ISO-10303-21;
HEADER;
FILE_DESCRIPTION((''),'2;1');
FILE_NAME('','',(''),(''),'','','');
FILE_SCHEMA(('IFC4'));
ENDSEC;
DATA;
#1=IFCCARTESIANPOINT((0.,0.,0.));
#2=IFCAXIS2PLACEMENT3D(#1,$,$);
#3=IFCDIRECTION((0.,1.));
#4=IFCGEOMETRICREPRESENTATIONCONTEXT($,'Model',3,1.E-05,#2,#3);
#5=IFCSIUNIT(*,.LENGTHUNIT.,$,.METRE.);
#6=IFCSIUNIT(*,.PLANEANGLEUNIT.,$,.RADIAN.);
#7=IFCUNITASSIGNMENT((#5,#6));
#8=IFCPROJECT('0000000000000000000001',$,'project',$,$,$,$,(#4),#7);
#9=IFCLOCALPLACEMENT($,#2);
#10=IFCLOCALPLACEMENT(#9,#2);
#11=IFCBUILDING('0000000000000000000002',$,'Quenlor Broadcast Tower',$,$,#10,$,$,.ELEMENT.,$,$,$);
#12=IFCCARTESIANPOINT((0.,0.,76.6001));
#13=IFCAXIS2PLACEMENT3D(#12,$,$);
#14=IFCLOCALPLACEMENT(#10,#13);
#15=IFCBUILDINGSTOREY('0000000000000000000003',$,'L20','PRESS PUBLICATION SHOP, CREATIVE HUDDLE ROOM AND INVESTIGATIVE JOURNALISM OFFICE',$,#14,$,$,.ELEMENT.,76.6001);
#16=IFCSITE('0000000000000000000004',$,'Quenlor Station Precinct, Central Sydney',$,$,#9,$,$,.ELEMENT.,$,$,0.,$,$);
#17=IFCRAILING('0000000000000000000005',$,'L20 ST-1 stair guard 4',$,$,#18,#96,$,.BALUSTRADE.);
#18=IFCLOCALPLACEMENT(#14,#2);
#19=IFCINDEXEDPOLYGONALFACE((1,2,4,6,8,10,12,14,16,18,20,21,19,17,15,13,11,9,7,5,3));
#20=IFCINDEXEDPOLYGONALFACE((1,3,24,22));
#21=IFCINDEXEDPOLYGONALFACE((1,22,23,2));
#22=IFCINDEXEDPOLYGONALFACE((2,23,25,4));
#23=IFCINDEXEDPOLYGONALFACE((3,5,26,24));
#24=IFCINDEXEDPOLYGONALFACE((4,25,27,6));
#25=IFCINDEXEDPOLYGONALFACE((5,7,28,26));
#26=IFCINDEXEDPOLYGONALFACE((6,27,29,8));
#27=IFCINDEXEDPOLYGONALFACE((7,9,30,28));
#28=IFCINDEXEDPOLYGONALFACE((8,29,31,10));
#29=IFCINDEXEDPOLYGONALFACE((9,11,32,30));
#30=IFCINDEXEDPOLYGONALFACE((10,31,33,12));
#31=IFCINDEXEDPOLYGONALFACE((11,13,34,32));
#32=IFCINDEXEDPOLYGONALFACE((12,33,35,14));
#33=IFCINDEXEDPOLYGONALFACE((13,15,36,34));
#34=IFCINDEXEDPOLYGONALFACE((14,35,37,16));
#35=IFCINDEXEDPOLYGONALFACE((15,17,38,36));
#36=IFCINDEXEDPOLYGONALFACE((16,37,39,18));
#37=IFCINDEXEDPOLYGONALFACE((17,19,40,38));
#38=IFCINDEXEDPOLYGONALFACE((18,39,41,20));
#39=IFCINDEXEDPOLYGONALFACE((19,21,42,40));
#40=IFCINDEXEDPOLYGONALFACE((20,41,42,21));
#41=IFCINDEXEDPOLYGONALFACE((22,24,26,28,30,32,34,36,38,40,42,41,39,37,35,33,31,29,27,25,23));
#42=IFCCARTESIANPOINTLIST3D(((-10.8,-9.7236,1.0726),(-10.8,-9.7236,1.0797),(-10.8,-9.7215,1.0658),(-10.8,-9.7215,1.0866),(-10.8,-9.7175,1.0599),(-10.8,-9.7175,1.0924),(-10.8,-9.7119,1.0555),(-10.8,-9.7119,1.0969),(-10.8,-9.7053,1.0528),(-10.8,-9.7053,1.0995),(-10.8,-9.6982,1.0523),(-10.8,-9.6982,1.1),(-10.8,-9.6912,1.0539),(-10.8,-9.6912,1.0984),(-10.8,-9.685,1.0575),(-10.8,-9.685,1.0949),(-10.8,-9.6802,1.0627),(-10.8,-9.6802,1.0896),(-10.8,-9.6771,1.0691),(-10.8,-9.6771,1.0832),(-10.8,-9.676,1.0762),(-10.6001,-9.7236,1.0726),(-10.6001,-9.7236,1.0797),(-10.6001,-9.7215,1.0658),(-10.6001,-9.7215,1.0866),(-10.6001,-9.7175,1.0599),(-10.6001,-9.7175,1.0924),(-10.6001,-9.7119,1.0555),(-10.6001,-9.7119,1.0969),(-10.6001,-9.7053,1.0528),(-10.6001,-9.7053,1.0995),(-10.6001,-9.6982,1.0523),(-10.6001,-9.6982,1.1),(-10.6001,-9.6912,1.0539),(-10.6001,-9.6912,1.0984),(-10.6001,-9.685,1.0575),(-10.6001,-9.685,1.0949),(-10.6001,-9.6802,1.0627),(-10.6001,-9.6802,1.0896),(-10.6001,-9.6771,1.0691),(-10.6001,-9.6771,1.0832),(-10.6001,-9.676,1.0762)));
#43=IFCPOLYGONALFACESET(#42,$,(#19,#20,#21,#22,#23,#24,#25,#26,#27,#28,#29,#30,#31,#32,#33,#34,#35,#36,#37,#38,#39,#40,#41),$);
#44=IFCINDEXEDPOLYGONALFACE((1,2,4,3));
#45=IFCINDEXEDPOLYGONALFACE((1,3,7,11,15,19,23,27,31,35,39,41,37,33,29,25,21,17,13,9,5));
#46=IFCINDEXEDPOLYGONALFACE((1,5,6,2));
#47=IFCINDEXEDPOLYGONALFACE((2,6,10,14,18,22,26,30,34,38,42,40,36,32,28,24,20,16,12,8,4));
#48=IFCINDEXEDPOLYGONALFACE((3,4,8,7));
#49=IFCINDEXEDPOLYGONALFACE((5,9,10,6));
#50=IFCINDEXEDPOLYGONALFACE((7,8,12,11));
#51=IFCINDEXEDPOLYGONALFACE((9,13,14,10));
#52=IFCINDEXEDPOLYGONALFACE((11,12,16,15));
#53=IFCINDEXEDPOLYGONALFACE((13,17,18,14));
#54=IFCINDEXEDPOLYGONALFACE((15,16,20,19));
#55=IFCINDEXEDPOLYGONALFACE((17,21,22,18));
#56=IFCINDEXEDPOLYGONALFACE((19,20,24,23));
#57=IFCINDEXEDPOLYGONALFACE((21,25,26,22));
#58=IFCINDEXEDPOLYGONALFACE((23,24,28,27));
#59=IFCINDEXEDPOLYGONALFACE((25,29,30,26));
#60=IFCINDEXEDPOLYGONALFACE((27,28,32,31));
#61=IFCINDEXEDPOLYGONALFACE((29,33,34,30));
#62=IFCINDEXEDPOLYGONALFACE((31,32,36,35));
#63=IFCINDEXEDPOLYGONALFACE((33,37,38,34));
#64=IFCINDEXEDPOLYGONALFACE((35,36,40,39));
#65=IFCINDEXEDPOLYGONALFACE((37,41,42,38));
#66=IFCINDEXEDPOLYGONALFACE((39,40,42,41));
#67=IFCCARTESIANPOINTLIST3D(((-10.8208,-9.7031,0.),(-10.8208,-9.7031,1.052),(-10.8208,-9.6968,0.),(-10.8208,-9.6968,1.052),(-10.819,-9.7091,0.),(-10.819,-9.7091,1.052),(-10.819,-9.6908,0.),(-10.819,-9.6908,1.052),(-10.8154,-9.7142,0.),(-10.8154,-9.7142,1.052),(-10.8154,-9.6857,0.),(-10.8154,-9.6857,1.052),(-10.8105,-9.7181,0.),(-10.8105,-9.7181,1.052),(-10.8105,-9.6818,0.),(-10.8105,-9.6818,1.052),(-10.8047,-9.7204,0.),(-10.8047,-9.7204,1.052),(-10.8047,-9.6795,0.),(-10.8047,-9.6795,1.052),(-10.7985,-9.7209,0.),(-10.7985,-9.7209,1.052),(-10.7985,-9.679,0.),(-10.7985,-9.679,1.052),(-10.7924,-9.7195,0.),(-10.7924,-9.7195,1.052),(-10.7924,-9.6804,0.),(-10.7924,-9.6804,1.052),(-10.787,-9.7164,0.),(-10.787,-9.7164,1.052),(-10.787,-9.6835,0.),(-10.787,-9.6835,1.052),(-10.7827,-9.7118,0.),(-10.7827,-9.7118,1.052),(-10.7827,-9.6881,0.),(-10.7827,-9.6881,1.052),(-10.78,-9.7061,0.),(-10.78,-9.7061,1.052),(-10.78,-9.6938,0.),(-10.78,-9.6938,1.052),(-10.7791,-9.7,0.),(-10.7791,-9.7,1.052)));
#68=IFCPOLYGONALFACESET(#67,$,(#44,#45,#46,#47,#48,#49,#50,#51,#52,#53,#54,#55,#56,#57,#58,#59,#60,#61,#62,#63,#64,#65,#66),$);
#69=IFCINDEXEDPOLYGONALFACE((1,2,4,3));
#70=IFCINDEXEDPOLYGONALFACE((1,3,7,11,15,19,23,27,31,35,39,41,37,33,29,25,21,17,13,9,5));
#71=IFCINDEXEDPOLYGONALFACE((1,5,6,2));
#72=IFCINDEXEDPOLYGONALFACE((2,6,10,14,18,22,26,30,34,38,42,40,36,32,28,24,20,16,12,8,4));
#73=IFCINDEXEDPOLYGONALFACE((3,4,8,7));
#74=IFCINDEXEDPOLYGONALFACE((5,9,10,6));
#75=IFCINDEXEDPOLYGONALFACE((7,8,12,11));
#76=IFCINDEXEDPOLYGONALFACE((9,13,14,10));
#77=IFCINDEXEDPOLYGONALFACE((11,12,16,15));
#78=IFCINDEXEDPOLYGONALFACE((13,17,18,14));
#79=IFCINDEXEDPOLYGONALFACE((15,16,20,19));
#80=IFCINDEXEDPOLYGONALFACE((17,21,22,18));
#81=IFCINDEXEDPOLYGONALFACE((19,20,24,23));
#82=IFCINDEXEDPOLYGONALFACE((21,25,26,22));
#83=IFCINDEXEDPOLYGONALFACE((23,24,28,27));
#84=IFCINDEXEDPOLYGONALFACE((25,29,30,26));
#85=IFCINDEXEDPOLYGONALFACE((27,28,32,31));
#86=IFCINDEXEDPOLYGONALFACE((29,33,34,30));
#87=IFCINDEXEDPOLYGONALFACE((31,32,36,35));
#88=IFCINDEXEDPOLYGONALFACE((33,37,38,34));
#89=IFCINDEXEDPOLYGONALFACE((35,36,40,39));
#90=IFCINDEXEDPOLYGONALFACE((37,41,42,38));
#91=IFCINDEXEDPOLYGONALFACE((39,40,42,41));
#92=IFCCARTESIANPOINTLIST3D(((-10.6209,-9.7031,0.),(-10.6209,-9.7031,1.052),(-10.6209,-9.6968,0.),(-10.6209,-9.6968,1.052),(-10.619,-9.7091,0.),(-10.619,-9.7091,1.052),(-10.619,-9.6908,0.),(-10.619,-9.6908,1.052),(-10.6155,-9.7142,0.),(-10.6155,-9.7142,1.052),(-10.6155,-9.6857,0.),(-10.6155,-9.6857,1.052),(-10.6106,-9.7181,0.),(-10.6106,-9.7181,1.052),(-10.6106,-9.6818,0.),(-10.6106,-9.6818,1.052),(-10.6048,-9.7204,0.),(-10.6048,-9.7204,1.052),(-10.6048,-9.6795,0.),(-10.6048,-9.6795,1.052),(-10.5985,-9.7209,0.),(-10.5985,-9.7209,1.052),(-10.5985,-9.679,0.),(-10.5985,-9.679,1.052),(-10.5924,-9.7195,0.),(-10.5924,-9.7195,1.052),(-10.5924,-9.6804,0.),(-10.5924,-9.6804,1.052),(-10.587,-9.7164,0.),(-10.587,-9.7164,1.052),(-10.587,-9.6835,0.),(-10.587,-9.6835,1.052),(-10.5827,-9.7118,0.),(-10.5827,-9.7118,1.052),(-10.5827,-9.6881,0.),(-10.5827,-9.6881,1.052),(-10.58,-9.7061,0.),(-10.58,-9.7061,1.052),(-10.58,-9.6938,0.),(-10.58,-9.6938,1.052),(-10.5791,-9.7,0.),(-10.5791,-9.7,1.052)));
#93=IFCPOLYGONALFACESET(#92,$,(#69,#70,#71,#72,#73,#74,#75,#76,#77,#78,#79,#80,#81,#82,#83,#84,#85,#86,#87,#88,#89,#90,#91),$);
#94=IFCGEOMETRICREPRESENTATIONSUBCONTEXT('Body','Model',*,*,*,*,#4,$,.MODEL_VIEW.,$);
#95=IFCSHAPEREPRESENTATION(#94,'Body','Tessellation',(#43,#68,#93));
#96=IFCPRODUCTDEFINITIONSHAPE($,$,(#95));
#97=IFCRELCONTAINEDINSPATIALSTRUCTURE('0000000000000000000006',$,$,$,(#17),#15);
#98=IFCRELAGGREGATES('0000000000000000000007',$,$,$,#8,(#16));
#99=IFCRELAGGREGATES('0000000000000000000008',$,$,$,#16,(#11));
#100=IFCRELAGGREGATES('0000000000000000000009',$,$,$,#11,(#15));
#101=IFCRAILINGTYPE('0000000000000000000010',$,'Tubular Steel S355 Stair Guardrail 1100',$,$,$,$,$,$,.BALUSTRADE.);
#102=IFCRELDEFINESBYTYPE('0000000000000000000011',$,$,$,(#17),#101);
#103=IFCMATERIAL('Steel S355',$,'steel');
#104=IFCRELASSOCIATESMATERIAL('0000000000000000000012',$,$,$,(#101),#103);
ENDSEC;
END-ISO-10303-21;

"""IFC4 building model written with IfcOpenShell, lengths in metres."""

from ifc_helpers import new_model, si_unit, direction, frame, origin, origin_2d, place, context, subcontext, project, spatial, circle, extrude, material, type_object, element, save


model = new_model("IFC4")

# Units and contexts
model_context = context("Model", 3, precision=1e-05, world=origin(), true_north=direction((0.0, 1.0)))
body_context = subcontext(model_context, "Body", "Model", "MODEL_VIEW")
ifc_project = project(units=[si_unit("LENGTHUNIT", "METRE"), si_unit("PLANEANGLEUNIT", "RADIAN")], contexts=[model_context])

# Site, building, storey
site_placement = place(None, origin())
site = spatial("IfcSite", under=ifc_project, at=site_placement, Name="Quenlor Station Precinct, Central Sydney", CompositionType="ELEMENT", RefElevation=0.0)
building_placement = place(site_placement, origin())
building = spatial("IfcBuilding", under=site, at=building_placement, Name="Quenlor Broadcast Tower", CompositionType="ELEMENT")
storey_placement = place(building_placement, frame((0.0, 0.0, 76.6001)))
storey = spatial("IfcBuildingStorey", under=building, at=storey_placement, Name="L20", Description="PRESS PUBLICATION SHOP, CREATIVE HUDDLE ROOM AND INVESTIGATIVE JOURNALISM OFFICE", CompositionType="ELEMENT", Elevation=76.6001)

# Railing
ifc_material_1 = material(Name="Steel S355", Category="steel")
railing_type_1 = type_object("IfcRailingType", Name="Tubular Steel S355 Stair Guardrail 1100", PredefinedType="BALUSTRADE", material=ifc_material_1)
railing_1_placement = place(storey_placement, frame((-10.8, -9.7, 0.0)))
element("IfcRailing", 1, at=railing_1_placement, inside=storey, type_object=railing_type_1, Name="L20 ST-1 stair guard 4", PredefinedType="BALUSTRADE", context=body_context, shape_type="SweptSolid", body=[
    extrude(circle(Radius=0.0239, at=origin_2d()), frame((0.0, 0.0, 1.0762), z_axis=(1.0, 0.0, 0.0), x_axis=(0.0, 1.0, 0.0)), (0.0, 0.0, 1.0), 0.2),
    extrude(circle(Radius=0.021, at=origin_2d()), origin(), (0.0, 0.0, 1.0), 1.052),
    extrude(circle(Radius=0.021, at=origin_2d()), frame((0.2, 0.0, 0.0)), (0.0, 0.0, 1.0), 1.052),
])

save(model, "model.ifc")
